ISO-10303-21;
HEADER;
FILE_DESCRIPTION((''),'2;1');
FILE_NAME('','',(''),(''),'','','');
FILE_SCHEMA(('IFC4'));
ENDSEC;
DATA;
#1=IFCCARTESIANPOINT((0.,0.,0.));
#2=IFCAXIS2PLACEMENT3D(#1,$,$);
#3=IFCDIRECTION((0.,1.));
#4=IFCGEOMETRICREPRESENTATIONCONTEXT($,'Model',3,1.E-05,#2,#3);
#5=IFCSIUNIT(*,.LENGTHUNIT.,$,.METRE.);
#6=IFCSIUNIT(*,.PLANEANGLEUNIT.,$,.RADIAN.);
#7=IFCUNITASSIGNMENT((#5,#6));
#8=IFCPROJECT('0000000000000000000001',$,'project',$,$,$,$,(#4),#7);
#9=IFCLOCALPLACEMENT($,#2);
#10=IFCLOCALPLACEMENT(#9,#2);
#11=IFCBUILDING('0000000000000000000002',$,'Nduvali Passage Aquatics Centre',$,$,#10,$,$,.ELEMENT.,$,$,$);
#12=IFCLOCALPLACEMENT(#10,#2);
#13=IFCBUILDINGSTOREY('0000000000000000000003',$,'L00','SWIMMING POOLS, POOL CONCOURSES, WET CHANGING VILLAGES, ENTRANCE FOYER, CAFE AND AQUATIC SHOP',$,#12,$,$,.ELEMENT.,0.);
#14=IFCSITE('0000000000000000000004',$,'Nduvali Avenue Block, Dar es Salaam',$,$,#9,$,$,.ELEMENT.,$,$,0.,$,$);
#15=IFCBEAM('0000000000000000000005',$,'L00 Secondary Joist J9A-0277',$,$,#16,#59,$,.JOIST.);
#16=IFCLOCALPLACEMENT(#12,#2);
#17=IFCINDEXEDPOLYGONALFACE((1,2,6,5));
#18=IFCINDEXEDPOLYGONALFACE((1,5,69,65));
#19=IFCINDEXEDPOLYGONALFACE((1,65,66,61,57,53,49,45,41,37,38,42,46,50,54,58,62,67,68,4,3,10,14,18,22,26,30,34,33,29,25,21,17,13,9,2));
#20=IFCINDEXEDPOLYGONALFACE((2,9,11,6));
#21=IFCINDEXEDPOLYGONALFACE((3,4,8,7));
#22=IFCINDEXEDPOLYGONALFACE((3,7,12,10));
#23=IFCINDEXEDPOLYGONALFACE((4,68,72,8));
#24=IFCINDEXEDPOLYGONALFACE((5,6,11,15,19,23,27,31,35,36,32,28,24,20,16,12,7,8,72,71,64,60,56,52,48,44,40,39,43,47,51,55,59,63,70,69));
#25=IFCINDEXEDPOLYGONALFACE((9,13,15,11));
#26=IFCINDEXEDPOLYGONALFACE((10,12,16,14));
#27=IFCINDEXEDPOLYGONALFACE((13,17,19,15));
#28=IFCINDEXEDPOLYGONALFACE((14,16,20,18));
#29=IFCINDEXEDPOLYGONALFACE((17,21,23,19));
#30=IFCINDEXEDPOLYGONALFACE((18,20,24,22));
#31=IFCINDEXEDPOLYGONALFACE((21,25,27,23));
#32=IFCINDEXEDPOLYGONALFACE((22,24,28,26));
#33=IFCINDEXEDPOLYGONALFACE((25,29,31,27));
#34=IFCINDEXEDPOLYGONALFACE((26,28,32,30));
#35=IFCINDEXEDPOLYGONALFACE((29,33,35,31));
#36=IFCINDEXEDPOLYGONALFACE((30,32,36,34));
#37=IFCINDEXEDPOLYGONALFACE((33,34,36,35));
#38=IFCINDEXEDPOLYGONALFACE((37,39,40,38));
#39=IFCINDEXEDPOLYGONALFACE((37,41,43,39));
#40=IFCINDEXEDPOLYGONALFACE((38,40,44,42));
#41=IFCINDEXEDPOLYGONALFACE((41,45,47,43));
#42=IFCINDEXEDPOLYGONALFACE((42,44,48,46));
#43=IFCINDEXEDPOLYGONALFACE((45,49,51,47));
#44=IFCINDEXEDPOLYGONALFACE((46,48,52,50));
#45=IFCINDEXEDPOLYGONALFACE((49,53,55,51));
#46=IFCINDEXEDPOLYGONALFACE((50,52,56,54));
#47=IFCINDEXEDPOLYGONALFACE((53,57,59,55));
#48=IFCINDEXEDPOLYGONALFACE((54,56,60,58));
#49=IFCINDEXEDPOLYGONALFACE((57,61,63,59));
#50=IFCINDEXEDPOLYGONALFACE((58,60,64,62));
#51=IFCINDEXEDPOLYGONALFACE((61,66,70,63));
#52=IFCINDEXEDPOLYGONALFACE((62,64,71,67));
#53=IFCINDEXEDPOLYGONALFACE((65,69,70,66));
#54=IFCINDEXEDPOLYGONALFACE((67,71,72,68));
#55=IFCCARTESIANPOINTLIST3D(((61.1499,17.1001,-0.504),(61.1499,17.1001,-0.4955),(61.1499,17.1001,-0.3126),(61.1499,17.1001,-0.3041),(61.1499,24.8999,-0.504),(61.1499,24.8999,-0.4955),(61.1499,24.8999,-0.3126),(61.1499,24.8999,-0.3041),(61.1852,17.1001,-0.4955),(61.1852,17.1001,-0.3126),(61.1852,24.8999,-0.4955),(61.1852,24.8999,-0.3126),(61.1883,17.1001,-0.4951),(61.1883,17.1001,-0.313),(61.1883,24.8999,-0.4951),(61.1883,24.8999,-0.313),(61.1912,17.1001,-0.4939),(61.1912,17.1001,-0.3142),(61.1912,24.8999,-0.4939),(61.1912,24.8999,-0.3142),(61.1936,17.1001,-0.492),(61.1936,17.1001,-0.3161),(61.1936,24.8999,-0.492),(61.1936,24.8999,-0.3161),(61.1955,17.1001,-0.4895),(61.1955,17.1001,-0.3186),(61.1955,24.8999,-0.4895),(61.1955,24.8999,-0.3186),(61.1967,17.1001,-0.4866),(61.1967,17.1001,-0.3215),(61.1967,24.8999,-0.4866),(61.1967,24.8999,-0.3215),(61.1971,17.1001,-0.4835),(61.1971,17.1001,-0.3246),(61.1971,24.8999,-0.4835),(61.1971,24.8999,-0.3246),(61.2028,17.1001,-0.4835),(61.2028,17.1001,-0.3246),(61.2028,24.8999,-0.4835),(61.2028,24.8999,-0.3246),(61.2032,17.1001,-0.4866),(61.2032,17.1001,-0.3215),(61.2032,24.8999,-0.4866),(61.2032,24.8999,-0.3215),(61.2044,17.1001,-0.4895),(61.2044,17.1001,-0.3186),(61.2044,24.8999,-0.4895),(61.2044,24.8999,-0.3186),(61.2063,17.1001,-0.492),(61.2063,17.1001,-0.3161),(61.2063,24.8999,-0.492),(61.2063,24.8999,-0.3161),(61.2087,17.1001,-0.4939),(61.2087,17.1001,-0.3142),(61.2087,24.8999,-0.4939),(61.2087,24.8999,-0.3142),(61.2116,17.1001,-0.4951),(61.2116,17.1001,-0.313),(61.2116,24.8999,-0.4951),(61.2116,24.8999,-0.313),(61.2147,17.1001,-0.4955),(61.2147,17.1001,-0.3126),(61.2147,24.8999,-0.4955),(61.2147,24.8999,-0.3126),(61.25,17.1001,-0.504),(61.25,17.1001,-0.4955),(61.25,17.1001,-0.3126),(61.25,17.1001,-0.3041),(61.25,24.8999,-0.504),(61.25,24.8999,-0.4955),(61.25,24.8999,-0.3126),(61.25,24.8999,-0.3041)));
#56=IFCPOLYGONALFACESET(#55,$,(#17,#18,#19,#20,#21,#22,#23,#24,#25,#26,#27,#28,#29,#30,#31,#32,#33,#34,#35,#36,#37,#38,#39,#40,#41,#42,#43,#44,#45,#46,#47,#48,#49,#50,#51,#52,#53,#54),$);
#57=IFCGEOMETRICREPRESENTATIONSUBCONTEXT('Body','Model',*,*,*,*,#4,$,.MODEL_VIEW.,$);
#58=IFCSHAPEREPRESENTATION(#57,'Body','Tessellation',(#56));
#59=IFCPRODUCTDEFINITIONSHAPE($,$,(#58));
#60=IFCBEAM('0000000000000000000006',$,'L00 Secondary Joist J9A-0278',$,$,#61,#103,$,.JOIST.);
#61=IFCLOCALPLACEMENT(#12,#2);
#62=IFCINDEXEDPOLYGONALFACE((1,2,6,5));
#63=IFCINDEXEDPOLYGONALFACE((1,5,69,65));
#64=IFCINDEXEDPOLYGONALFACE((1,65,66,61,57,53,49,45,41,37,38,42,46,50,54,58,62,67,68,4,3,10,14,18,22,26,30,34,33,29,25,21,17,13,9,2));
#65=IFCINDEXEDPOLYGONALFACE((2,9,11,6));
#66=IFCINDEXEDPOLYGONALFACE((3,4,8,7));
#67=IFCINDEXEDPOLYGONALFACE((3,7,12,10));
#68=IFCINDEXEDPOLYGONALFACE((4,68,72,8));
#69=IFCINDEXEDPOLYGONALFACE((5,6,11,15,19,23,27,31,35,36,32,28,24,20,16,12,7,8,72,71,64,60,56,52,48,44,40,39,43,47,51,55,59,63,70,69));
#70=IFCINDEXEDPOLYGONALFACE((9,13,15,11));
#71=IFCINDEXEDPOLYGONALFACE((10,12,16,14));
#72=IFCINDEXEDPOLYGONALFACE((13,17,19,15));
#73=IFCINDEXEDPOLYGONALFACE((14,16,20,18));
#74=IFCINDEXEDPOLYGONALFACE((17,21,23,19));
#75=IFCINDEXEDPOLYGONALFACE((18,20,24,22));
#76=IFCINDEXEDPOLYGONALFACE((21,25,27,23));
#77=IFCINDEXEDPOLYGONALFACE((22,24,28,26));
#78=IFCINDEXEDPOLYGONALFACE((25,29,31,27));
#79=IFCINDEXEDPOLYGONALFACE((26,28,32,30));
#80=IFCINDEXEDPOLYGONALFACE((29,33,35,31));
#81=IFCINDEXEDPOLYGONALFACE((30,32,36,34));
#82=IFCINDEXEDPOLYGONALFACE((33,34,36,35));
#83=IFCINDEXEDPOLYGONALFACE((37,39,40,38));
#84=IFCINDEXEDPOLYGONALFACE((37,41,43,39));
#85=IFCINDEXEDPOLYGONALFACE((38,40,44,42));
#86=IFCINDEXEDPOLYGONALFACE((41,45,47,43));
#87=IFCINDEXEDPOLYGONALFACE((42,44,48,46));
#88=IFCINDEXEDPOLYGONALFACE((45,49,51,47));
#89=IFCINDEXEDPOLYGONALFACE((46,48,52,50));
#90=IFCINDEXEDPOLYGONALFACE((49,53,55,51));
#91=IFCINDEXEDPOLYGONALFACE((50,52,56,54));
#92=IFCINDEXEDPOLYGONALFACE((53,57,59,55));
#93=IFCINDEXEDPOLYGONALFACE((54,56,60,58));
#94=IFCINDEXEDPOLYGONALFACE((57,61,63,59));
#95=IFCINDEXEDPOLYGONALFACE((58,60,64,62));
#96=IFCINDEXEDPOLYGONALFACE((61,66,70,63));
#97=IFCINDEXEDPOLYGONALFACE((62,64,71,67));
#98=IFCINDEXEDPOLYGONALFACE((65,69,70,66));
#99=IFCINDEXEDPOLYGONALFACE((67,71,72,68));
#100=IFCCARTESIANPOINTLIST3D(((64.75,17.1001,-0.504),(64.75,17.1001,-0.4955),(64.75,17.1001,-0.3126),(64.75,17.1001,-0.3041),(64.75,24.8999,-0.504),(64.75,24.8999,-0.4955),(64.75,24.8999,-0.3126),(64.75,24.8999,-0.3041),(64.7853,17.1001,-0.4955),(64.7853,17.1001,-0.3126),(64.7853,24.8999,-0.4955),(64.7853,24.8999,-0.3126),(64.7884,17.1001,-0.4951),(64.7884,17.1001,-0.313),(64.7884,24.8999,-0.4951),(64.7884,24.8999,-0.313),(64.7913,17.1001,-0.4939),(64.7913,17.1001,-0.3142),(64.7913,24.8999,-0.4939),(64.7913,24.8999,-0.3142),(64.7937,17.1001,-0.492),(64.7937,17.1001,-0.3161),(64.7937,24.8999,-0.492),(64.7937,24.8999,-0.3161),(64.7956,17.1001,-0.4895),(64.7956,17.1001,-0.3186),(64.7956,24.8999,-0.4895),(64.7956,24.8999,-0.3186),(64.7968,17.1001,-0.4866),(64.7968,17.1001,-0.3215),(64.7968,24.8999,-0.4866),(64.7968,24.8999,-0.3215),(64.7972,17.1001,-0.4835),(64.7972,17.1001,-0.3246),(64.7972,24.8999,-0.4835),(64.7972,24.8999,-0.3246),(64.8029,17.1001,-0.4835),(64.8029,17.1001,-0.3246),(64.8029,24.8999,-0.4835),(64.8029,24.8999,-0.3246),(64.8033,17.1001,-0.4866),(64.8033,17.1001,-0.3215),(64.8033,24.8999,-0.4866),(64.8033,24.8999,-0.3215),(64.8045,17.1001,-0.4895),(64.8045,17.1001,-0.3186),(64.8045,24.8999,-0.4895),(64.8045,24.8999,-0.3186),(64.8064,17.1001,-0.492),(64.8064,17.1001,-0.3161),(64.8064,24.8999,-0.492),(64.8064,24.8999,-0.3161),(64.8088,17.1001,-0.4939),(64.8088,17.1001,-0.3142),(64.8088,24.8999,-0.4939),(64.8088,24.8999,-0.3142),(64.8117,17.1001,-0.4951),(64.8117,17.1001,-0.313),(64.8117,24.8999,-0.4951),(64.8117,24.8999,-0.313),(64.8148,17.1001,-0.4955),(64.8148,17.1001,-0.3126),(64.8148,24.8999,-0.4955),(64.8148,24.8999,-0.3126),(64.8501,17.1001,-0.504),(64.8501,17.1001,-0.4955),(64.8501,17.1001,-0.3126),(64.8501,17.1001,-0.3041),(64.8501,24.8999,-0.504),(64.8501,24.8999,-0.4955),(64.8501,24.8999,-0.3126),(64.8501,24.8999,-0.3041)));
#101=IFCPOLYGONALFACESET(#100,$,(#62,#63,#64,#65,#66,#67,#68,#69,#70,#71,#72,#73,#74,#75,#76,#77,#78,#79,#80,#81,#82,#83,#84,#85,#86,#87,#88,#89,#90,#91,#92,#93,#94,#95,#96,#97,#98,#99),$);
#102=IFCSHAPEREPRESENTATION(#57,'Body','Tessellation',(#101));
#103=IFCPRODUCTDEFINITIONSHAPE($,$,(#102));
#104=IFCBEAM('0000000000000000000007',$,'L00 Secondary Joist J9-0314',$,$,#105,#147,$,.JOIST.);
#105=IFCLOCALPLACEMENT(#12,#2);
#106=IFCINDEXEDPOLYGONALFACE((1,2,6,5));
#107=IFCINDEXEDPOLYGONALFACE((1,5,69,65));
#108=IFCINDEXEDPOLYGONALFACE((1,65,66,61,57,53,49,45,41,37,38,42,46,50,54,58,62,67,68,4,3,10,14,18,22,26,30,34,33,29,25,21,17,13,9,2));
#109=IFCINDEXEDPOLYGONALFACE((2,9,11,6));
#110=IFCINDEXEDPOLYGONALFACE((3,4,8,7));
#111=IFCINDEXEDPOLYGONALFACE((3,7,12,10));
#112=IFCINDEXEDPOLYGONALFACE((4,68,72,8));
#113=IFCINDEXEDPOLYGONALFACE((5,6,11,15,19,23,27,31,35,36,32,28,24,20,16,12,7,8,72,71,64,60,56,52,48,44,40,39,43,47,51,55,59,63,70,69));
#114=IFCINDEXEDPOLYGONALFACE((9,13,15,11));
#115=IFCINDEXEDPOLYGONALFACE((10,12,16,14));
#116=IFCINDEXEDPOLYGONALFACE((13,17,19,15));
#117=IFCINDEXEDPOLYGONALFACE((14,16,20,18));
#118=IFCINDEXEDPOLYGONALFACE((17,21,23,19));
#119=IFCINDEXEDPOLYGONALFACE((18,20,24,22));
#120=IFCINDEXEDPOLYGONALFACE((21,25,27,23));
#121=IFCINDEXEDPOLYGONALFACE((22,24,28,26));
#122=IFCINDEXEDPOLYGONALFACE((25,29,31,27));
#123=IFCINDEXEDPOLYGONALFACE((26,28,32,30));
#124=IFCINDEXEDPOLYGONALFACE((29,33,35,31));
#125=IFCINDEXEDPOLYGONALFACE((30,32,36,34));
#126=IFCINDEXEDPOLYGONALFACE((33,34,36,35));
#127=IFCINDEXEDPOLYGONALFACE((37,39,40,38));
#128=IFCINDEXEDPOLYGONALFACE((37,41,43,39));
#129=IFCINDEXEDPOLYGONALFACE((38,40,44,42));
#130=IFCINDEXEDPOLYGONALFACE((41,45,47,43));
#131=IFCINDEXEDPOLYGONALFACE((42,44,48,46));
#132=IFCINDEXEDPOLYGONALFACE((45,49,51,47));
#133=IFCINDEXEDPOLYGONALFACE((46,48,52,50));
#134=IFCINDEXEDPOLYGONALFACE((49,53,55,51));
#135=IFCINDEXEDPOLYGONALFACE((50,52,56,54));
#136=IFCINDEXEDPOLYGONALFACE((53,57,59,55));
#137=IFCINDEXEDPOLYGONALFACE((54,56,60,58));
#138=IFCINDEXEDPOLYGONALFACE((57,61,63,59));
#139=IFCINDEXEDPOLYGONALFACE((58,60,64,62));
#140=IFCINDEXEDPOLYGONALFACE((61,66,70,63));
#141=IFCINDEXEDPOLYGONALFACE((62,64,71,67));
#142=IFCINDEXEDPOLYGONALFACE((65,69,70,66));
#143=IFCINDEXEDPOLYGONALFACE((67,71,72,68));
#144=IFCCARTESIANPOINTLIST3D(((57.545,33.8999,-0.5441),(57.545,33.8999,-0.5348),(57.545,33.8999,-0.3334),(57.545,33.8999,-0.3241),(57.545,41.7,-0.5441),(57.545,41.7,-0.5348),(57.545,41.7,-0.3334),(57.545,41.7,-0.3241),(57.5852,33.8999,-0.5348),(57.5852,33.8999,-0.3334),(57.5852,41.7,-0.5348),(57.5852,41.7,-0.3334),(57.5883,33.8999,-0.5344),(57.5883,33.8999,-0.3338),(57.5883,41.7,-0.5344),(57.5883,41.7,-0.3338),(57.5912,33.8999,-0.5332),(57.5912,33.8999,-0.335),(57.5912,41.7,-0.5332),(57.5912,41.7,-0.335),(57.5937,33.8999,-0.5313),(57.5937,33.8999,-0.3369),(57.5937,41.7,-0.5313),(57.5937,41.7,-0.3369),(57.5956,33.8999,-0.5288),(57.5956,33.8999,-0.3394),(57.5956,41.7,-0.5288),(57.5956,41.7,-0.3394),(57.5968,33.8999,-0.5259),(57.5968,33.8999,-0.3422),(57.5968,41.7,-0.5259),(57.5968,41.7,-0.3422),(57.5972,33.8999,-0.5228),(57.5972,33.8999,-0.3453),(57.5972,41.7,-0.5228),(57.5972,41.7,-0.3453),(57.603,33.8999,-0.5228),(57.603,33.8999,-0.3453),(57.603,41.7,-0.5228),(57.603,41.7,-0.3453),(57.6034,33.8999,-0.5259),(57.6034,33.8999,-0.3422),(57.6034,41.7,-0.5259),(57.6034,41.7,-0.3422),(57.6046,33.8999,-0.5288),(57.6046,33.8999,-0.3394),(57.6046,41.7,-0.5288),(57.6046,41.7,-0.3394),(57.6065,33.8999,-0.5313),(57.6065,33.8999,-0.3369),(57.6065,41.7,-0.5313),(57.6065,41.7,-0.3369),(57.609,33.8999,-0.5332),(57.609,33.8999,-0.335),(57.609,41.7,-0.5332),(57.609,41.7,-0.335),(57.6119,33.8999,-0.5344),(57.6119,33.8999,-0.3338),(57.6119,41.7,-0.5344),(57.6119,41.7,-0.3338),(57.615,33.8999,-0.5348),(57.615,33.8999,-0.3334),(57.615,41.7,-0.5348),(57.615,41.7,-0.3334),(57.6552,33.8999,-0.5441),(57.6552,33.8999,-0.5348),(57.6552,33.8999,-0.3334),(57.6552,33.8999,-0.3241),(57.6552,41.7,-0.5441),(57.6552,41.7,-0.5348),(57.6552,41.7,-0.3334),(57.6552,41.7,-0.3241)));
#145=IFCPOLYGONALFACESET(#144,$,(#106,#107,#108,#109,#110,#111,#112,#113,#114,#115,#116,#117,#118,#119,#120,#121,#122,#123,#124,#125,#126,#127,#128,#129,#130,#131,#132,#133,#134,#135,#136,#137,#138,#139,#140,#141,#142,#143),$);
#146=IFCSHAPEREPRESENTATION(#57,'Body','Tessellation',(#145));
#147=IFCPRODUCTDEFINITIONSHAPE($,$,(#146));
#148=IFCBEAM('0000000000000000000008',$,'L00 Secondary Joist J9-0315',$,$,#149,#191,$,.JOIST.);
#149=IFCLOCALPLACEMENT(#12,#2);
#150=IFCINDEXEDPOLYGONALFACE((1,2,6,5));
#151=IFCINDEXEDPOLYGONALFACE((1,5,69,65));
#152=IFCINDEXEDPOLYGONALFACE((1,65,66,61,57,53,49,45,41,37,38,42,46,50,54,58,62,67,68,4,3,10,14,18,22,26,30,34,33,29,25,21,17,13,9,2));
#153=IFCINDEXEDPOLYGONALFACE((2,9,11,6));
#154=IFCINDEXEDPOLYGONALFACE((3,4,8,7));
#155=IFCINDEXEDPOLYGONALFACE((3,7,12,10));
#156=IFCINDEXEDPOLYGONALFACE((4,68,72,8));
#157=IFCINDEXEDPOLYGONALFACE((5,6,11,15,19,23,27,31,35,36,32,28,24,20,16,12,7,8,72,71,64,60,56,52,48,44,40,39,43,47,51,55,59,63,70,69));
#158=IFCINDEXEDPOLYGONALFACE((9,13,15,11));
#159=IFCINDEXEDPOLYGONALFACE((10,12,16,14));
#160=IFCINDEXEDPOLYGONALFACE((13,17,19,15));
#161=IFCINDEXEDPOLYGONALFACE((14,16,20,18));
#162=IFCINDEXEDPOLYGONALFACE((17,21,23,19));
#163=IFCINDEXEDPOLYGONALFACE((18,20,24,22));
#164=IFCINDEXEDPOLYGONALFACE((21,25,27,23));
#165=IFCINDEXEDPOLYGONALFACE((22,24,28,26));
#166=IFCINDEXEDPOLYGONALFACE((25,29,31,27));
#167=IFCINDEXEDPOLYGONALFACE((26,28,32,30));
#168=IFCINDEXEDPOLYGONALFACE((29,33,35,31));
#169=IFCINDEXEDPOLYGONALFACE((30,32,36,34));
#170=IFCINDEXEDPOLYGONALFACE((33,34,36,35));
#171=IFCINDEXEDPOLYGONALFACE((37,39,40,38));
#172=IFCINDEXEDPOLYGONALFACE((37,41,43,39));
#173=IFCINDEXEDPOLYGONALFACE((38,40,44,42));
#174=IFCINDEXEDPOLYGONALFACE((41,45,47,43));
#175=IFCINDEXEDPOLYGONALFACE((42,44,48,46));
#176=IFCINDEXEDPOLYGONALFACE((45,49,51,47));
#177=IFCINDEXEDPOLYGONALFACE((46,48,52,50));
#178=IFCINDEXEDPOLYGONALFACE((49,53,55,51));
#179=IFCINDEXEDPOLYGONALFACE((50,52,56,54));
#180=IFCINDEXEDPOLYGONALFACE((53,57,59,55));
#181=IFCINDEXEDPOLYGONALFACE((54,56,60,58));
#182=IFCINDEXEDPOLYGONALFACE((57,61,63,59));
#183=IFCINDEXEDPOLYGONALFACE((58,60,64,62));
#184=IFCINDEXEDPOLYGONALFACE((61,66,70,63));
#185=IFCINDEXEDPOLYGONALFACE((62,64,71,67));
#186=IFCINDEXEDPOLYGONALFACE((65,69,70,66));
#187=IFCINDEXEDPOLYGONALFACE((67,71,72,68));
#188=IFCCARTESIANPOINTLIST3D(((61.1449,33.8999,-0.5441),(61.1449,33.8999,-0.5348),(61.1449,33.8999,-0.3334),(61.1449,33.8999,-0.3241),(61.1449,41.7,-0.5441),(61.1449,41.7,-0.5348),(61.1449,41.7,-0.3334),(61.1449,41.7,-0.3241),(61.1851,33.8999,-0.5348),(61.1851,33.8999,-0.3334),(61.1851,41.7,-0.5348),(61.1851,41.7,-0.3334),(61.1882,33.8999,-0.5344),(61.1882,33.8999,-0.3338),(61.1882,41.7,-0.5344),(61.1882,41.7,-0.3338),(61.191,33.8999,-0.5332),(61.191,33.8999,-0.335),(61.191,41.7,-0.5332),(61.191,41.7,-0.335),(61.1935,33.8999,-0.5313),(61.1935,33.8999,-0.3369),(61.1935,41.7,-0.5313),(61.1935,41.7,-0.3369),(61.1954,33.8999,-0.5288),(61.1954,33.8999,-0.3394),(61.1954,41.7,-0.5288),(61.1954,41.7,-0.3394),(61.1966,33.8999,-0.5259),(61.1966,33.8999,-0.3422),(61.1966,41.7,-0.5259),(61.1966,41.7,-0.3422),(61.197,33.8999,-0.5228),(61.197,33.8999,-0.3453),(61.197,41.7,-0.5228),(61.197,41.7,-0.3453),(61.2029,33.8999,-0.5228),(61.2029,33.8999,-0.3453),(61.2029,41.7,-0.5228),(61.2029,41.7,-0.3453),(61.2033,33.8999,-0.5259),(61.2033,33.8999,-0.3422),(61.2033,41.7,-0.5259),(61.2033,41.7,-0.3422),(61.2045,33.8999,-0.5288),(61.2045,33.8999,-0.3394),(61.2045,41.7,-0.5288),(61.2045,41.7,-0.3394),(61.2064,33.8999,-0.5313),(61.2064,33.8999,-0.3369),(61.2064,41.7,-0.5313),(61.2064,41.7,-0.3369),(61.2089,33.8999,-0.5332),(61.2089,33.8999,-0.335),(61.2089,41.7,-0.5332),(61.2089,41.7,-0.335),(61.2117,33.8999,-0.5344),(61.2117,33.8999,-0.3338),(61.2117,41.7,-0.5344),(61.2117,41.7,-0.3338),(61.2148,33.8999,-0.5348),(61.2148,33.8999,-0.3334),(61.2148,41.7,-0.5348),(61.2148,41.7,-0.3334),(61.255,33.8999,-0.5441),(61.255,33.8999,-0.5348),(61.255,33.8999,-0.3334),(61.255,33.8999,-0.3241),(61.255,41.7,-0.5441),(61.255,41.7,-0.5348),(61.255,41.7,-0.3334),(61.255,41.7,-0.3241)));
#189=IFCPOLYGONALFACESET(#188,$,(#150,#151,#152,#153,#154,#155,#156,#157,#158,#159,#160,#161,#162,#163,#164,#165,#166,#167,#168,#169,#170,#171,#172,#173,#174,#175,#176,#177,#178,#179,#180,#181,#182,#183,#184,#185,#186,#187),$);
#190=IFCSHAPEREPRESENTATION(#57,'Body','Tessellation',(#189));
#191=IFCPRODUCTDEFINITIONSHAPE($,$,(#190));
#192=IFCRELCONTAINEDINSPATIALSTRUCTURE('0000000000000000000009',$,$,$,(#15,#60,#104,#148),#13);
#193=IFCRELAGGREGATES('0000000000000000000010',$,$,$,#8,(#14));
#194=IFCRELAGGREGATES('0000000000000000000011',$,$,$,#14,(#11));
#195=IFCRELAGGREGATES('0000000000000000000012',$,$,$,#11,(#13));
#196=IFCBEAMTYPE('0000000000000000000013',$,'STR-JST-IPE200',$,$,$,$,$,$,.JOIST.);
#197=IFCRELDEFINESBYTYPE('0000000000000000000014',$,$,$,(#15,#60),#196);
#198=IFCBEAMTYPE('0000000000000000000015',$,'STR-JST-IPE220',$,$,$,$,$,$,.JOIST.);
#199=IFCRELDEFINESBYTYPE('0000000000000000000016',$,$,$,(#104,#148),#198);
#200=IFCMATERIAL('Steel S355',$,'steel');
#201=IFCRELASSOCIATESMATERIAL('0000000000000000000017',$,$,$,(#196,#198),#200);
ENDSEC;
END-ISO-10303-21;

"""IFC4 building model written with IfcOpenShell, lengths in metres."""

from ifc_helpers import new_model, si_unit, direction, frame, origin, origin_2d, place, context, subcontext, project, spatial, i_section, extrude, material, material_profile, profile_set, type_object, element, save


model = new_model("IFC4")

# Units and contexts
model_context = context("Model", 3, precision=1e-05, world=origin(), true_north=direction((0.0, 1.0)))
body_context = subcontext(model_context, "Body", "Model", "MODEL_VIEW")
ifc_project = project(units=[si_unit("LENGTHUNIT", "METRE"), si_unit("PLANEANGLEUNIT", "RADIAN")], contexts=[model_context])

# Site, building, storey
site_placement = place(None, origin())
site = spatial("IfcSite", under=ifc_project, at=site_placement, Name="Nduvali Avenue Block, Dar es Salaam", CompositionType="ELEMENT", RefElevation=0.0)
building_placement = place(site_placement, origin())
building = spatial("IfcBuilding", under=site, at=building_placement, Name="Nduvali Passage Aquatics Centre", CompositionType="ELEMENT")
storey_placement = place(building_placement, origin())
storey = spatial("IfcBuildingStorey", under=building, at=storey_placement, Name="L00", Description="SWIMMING POOLS, POOL CONCOURSES, WET CHANGING VILLAGES, ENTRANCE FOYER, CAFE AND AQUATIC SHOP", CompositionType="ELEMENT", Elevation=0.0)

# Beams
ifc_material_1 = material(Name="Steel S355", Category="steel")
ifc_material_profile_1 = material_profile(ifc_material_1, i_section(OverallWidth=0.1001, OverallDepth=0.2, WebThickness=0.0056, FlangeThickness=0.0085, FilletRadius=0.012, at=origin_2d()), Name="IPE 200")
ifc_profile_set_1 = profile_set([ifc_material_profile_1], Name="Steel S355")
beam_type_1 = type_object("IfcBeamType", Name="STR-JST-IPE200", PredefinedType="JOIST", material=ifc_profile_set_1)
for number, where, z_axis, x_axis, name in (
    (1, (61.2, 17.1001, -0.4041), (0.0, 1.0, 0.0), (-1.0, 0.0, 0.0), "L00 Secondary Joist J9A-0277"),
    (2, (64.8, 17.1001, -0.4041), (0.0, 1.0, 0.0), (-1.0, 0.0, 0.0), "L00 Secondary Joist J9A-0278"),
):
    element("IfcBeam", number, at=place(storey_placement, frame(where, z_axis=z_axis, x_axis=x_axis)), inside=storey, type_object=beam_type_1, Name=name, PredefinedType="JOIST", context=body_context, shape_type="SweptSolid", body=[
        extrude(i_section(OverallWidth=0.1001, OverallDepth=0.2, WebThickness=0.0056, FlangeThickness=0.0085, FilletRadius=0.012, at=origin_2d()), origin(), (0.0, 0.0, 1.0), 7.7998),
    ])
ifc_material_profile_2 = material_profile(ifc_material_1, i_section(OverallWidth=0.1101, OverallDepth=0.22, WebThickness=0.0059, FlangeThickness=0.0093, FilletRadius=0.012, at=origin_2d()), Name="IPE 220")
ifc_profile_set_2 = profile_set([ifc_material_profile_2], Name="Steel S355")
beam_type_2 = type_object("IfcBeamType", Name="STR-JST-IPE220", PredefinedType="JOIST", material=ifc_profile_set_2)
for number, where, z_axis, x_axis, name in (
    (3, (57.6001, 33.8999, -0.4341), (0.0, 1.0, 0.0), (-1.0, 0.0, 0.0), "L00 Secondary Joist J9-0314"),
    (4, (61.2, 33.8999, -0.4341), (0.0, 1.0, 0.0), (-1.0, 0.0, 0.0), "L00 Secondary Joist J9-0315"),
):
    element("IfcBeam", number, at=place(storey_placement, frame(where, z_axis=z_axis, x_axis=x_axis)), inside=storey, type_object=beam_type_2, Name=name, PredefinedType="JOIST", context=body_context, shape_type="SweptSolid", body=[
        extrude(i_section(OverallWidth=0.1101, OverallDepth=0.22, WebThickness=0.0059, FlangeThickness=0.0093, FilletRadius=0.012, at=origin_2d()), origin(), (0.0, 0.0, 1.0), 7.8),
    ])

save(model, "model.ifc")
